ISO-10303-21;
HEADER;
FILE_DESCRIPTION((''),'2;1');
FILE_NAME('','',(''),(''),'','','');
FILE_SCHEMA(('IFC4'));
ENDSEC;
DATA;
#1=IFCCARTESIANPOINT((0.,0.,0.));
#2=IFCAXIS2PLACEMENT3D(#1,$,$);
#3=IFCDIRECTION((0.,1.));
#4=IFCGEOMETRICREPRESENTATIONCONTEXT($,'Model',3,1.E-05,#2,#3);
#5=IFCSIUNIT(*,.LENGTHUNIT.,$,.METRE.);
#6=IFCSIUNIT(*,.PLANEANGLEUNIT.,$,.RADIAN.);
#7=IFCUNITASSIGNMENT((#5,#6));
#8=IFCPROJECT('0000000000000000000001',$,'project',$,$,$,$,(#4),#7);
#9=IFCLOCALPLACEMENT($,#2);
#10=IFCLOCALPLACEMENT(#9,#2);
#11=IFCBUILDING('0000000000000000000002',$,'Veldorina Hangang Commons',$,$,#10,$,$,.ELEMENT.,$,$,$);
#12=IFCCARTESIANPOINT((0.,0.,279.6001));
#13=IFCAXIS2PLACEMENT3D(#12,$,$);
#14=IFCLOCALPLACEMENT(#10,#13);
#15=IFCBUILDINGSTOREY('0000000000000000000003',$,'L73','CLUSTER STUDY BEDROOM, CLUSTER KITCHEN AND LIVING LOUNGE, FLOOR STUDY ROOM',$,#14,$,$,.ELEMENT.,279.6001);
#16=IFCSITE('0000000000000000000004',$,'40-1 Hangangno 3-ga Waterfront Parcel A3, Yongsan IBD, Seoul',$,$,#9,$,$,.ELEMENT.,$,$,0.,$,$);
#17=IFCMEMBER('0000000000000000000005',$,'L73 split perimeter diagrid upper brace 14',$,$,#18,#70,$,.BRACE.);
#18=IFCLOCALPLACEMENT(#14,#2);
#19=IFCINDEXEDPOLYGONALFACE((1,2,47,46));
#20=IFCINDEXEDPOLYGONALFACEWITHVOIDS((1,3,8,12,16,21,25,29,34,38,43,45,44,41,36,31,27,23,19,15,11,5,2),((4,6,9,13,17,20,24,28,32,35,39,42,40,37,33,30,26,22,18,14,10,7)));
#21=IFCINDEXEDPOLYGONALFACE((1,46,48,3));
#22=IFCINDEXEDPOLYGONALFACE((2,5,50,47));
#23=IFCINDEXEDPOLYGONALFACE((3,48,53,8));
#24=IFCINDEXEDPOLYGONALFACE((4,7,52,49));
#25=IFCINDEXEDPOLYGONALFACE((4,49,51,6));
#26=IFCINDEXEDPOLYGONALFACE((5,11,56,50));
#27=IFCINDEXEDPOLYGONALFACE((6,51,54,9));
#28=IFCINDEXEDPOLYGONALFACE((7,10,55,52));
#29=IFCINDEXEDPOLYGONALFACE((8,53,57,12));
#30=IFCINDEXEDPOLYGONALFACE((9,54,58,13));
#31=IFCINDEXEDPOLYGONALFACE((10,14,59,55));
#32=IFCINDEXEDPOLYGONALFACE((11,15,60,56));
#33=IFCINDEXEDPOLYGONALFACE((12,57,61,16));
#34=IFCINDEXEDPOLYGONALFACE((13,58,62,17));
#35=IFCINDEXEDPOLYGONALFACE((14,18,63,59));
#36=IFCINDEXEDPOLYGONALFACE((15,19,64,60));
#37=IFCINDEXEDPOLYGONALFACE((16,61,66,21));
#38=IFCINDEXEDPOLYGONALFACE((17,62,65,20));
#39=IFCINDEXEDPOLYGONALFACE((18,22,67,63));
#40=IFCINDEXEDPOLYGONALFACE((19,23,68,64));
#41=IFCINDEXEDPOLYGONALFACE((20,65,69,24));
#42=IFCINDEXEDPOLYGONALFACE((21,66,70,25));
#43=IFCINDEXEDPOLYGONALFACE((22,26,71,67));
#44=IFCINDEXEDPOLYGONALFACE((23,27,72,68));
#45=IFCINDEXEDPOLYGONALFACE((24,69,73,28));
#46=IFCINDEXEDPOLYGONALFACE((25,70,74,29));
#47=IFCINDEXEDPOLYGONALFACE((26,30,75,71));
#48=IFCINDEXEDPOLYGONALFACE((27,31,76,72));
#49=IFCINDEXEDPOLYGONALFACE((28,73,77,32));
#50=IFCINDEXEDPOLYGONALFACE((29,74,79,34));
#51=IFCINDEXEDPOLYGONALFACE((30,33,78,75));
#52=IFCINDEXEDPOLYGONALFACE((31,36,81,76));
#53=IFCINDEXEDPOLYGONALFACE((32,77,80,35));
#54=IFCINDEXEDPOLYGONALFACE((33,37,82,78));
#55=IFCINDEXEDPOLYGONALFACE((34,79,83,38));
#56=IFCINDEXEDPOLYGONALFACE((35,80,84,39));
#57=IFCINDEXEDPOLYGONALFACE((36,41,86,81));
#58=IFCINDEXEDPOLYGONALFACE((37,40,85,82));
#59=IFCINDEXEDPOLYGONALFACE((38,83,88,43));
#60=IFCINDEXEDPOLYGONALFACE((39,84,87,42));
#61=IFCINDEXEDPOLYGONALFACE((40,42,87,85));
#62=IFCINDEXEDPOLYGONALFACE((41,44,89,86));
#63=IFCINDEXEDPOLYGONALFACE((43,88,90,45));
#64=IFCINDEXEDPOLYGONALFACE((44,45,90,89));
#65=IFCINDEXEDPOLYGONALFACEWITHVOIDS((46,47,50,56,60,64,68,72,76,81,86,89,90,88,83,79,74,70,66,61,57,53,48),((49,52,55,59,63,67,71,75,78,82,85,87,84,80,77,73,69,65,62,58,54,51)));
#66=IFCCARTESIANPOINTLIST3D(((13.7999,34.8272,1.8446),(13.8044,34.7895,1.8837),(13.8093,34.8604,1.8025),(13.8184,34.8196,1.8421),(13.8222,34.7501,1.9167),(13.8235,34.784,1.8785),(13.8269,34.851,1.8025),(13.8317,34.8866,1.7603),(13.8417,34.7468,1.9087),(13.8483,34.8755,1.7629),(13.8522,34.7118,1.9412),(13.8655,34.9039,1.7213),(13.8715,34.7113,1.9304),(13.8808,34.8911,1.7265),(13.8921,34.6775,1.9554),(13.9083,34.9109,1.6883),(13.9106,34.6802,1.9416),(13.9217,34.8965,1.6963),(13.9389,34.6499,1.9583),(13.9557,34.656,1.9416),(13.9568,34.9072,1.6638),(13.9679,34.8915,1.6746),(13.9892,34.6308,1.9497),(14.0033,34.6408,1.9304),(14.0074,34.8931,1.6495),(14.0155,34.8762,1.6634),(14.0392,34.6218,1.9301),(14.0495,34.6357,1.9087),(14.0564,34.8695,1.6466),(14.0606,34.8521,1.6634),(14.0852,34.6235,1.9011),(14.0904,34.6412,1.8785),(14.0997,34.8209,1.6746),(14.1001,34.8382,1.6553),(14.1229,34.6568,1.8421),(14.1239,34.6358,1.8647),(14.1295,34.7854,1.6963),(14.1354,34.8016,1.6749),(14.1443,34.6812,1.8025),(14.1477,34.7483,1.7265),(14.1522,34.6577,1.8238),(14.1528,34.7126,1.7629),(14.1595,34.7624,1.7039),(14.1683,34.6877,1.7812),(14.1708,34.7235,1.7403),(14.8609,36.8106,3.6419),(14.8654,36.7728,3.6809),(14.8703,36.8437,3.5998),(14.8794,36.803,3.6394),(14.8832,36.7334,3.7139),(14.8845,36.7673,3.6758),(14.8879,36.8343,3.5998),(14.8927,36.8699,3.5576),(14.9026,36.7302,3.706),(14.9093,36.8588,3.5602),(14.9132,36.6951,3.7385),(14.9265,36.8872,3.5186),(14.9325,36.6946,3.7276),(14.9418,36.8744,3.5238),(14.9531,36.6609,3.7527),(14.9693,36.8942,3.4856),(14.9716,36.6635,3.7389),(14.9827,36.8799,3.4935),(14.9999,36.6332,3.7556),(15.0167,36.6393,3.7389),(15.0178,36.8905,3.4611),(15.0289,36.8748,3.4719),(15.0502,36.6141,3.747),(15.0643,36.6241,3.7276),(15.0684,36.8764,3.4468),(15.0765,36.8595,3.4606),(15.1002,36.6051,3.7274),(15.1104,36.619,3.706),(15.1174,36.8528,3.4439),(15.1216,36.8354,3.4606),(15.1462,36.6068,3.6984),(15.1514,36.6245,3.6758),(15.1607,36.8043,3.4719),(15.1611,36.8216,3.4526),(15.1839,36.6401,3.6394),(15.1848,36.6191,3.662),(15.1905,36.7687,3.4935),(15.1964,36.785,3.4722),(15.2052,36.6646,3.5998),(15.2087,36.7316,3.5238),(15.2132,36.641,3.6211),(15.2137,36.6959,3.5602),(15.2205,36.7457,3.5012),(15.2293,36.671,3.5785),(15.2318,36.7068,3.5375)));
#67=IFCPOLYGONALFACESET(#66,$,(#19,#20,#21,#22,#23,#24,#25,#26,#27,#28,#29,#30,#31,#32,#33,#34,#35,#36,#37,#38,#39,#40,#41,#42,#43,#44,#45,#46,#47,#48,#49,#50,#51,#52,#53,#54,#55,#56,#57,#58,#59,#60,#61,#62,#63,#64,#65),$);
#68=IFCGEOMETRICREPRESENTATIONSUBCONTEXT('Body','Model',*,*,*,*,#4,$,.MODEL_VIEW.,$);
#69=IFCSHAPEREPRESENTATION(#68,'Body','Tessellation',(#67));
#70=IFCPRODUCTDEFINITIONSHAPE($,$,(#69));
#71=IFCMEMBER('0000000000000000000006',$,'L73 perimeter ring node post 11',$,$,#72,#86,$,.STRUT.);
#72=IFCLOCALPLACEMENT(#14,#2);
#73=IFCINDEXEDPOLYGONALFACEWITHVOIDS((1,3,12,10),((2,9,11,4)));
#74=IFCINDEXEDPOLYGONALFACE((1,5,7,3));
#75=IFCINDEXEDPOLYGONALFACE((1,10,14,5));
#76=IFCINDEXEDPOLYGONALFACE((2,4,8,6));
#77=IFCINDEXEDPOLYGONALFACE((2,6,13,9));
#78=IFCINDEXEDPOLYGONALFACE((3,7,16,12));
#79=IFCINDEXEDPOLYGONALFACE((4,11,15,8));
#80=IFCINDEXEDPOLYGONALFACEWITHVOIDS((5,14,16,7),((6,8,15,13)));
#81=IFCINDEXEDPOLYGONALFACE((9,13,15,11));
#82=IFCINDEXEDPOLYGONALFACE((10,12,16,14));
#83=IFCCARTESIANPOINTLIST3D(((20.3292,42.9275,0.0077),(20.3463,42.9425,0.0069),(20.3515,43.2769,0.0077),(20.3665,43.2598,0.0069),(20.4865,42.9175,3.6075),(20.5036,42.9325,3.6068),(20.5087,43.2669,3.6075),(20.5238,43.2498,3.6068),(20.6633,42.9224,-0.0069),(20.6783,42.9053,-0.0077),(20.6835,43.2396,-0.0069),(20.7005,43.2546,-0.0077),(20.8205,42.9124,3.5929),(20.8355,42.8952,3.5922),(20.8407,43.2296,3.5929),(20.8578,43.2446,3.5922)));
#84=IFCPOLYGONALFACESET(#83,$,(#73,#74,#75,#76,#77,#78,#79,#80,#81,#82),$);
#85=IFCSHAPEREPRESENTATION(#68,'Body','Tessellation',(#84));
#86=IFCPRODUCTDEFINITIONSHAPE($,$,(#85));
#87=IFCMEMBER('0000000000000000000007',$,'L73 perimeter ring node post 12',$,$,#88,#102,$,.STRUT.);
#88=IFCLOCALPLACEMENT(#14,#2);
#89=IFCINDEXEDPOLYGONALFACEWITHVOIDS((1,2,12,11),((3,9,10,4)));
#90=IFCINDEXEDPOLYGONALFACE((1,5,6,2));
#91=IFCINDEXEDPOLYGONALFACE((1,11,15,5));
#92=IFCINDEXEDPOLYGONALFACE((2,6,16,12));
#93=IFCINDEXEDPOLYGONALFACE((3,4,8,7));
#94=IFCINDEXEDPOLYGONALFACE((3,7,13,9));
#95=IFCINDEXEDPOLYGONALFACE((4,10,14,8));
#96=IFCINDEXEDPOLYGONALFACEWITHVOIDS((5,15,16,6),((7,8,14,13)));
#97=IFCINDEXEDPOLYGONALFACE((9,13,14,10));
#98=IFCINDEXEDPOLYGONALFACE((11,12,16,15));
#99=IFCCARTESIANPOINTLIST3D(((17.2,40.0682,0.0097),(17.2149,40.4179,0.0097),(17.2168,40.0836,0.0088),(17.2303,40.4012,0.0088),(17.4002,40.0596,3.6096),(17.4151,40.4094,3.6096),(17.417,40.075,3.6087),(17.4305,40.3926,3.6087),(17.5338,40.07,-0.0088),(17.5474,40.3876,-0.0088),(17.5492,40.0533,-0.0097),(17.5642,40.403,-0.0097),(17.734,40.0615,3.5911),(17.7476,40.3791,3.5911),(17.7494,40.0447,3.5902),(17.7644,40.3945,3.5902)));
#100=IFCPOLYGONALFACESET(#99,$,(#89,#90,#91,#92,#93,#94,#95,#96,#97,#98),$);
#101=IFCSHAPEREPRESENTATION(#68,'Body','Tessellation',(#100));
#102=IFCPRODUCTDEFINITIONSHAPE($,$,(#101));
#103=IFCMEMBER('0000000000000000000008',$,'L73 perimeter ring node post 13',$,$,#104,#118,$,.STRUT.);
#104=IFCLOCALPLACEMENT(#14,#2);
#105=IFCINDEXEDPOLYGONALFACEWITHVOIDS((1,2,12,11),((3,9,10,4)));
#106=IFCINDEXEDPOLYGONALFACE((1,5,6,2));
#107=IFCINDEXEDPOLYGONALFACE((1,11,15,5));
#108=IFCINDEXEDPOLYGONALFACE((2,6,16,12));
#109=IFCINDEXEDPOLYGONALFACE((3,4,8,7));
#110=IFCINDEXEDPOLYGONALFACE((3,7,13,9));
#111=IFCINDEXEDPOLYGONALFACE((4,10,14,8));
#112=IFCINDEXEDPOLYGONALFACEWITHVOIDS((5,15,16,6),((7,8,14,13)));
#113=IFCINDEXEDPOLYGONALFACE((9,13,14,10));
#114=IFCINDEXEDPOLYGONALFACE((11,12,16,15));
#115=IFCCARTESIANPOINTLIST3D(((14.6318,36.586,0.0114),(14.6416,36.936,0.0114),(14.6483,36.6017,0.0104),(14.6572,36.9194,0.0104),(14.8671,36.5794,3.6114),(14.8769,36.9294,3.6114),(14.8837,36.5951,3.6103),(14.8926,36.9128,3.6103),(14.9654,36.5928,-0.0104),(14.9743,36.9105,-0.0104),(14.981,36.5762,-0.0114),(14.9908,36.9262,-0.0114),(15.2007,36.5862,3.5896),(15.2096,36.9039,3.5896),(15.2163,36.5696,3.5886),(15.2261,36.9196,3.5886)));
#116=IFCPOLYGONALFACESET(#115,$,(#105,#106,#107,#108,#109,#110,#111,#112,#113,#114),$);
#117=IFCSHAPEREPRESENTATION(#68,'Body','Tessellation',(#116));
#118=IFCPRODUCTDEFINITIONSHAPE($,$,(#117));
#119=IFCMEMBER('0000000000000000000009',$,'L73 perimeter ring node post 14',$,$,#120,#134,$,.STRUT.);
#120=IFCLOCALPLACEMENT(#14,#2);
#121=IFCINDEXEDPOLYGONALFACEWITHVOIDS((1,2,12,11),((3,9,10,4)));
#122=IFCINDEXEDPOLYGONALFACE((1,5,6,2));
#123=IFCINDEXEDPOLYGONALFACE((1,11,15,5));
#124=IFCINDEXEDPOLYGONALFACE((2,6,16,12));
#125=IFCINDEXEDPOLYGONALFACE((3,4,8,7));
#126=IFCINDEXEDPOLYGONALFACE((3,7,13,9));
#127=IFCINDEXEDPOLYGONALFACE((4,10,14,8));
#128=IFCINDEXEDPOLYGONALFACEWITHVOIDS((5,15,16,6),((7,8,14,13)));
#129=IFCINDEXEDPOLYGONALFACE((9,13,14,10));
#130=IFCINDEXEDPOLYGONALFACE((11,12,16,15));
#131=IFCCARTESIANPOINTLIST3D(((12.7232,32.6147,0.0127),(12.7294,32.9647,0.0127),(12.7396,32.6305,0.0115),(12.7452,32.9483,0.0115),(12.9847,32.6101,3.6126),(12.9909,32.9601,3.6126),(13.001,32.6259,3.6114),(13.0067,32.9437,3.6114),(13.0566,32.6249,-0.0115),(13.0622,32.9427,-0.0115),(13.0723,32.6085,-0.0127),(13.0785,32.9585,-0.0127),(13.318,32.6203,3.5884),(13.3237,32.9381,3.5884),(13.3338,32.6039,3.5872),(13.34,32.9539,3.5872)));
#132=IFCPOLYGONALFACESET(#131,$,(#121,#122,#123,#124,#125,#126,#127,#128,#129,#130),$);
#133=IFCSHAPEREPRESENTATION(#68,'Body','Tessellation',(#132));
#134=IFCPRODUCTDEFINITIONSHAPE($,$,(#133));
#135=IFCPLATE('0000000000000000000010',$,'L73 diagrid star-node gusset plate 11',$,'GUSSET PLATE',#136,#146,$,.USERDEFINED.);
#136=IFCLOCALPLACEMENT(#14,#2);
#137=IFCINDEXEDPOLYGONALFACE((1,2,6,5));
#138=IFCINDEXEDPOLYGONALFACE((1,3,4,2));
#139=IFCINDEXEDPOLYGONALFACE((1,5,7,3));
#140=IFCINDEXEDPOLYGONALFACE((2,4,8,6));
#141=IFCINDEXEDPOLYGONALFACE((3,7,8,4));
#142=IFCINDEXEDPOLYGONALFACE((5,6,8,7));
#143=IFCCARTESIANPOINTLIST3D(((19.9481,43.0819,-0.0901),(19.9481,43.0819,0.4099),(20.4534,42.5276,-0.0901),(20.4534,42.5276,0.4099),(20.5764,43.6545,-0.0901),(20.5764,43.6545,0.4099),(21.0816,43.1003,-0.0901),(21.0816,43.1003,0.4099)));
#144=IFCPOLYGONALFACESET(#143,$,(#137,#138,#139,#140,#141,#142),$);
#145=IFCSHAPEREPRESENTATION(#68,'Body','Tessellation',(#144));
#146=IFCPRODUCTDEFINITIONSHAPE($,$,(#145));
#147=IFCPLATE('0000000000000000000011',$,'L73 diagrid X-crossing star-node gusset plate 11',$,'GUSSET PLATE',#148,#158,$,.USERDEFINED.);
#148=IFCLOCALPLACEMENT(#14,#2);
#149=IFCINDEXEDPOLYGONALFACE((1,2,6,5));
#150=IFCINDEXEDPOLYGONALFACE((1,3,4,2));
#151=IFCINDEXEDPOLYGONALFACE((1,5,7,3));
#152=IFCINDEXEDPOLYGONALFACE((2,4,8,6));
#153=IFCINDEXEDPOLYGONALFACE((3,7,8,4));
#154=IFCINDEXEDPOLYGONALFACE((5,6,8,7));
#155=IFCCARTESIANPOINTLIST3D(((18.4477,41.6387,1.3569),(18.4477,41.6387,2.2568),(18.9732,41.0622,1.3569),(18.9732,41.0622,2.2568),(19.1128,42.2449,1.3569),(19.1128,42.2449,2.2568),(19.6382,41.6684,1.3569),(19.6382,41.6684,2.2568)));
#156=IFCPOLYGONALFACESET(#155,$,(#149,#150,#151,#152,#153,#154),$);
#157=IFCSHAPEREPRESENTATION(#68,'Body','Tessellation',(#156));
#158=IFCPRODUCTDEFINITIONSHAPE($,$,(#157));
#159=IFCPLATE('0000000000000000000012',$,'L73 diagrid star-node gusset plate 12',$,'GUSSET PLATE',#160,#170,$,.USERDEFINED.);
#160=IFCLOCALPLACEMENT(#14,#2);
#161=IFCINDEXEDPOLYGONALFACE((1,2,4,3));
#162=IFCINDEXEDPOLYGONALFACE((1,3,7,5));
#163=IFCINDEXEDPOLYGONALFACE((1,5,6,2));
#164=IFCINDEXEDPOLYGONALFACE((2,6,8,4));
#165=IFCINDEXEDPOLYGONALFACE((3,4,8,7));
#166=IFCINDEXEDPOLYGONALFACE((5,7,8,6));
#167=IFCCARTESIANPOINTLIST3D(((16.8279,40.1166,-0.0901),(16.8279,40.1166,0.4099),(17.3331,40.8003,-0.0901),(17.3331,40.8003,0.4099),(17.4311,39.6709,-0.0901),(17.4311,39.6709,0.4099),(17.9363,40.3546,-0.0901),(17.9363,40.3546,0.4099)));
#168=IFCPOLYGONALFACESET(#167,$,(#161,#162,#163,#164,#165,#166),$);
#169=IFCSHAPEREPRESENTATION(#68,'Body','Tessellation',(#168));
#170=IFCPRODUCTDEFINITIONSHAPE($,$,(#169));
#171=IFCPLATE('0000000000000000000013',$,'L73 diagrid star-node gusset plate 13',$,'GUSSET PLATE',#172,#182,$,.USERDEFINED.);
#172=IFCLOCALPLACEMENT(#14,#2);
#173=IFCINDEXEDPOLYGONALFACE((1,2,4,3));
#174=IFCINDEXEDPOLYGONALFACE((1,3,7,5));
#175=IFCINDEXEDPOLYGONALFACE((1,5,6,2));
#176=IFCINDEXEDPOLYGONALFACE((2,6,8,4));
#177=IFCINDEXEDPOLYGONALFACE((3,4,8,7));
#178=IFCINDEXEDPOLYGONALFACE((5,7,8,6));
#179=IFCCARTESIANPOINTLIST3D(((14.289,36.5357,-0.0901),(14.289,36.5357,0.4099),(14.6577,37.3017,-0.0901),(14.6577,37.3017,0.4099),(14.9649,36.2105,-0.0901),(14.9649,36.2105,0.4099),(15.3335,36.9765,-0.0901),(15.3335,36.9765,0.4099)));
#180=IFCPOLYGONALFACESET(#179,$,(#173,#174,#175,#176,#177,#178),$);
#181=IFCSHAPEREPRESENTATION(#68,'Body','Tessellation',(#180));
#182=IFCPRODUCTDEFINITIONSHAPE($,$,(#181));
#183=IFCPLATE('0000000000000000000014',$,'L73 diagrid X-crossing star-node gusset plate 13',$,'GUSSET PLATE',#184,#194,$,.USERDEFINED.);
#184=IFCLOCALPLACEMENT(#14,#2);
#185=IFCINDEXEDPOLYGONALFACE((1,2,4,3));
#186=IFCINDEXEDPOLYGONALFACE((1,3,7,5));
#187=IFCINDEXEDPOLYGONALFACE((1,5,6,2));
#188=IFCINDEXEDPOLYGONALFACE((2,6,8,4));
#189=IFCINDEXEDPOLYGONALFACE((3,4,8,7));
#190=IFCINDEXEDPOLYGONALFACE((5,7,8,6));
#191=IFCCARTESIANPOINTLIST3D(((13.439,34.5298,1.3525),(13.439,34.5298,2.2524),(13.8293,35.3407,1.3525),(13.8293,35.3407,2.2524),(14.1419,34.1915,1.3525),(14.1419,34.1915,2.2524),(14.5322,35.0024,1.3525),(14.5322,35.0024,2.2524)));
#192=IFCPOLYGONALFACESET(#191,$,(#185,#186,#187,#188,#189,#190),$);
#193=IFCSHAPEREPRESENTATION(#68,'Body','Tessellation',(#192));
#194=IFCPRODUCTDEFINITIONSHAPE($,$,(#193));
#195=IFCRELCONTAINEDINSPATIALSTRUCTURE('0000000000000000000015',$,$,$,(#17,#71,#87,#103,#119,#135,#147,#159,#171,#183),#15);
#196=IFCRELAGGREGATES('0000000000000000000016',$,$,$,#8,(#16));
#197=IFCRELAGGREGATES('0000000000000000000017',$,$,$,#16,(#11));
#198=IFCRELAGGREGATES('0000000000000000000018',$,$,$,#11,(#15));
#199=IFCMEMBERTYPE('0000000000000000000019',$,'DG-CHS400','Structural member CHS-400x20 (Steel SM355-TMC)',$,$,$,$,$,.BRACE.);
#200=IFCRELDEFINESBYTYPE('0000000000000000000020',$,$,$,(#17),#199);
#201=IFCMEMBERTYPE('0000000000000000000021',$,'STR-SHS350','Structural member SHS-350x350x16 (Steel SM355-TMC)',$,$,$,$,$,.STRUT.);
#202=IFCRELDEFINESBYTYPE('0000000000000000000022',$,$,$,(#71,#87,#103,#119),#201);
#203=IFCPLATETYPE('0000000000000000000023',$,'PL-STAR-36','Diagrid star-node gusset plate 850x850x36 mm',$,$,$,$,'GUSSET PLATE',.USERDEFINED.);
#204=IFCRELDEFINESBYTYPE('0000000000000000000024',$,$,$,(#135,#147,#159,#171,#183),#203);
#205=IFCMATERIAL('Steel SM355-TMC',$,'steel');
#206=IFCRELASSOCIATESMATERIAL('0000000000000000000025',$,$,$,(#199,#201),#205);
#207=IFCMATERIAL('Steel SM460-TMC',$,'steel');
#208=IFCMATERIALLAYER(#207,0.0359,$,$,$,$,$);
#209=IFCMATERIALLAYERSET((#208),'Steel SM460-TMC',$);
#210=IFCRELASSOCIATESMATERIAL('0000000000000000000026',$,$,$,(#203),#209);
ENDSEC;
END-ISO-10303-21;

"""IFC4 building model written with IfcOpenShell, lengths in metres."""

from ifc_helpers import new_model, si_unit, direction, frame, origin, origin_2d, place, context, subcontext, project, spatial, rectangle, hollow_rectangle, hollow_circle, extrude, material, layer, layer_set, material_profile, profile_set, type_object, element, save


model = new_model("IFC4")

# Units and contexts
model_context = context("Model", 3, precision=1e-05, world=origin(), true_north=direction((0.0, 1.0)))
body_context = subcontext(model_context, "Body", "Model", "MODEL_VIEW")
ifc_project = project(units=[si_unit("LENGTHUNIT", "METRE"), si_unit("PLANEANGLEUNIT", "RADIAN")], contexts=[model_context])

# Site, building, storey
site_placement = place(None, origin())
site = spatial("IfcSite", under=ifc_project, at=site_placement, Name="40-1 Hangangno 3-ga Waterfront Parcel A3, Yongsan IBD, Seoul", CompositionType="ELEMENT", RefElevation=0.0)
building_placement = place(site_placement, origin())
building = spatial("IfcBuilding", under=site, at=building_placement, Name="Veldorina Hangang Commons", CompositionType="ELEMENT")
storey_placement = place(building_placement, frame((0.0, 0.0, 279.6001)))
storey = spatial("IfcBuildingStorey", under=building, at=storey_placement, Name="L73", Description="CLUSTER STUDY BEDROOM, CLUSTER KITCHEN AND LIVING LOUNGE, FLOOR STUDY ROOM", CompositionType="ELEMENT", Elevation=279.6001)

# Shared definitions
ifc_material_1 = material(Name="Steel SM355-TMC", Category="steel")

# Members
ifc_material_profile_1 = material_profile(ifc_material_1, hollow_circle(Radius=0.2, WallThickness=0.02, at=origin_2d()), Name="CHS-400x20")
ifc_profile_set_1 = profile_set([ifc_material_profile_1], Name="Steel SM355-TMC")
member_type_1 = type_object("IfcMemberType", Name="DG-CHS400", Description="Structural member CHS-400x20 (Steel SM355-TMC)", PredefinedType="BRACE", material=ifc_profile_set_1)
member_1_placement = place(storey_placement, frame((13.9856, 34.7661, 1.8025), z_axis=(0.368509, 0.688855, 0.624243), x_axis=(-0.881757, 0.471703, 0.0)))
element("IfcMember", 1, at=member_1_placement, inside=storey, type_object=member_type_1, Name="L73 split perimeter diagrid upper brace 14", PredefinedType="BRACE", context=body_context, shape_type="SweptSolid", body=[
    extrude(hollow_circle(Radius=0.2, WallThickness=0.02, at=origin_2d()), origin(), (0.0, 0.0, 1.0), 2.8792),
])
ifc_material_profile_2 = material_profile(ifc_material_1, hollow_rectangle(XDim=0.3501, YDim=0.3501, WallThickness=0.0161, at=origin_2d()), Name="SHS-350x350x16")
ifc_profile_set_2 = profile_set([ifc_material_profile_2], Name="Steel SM355-TMC")
member_type_2 = type_object("IfcMemberType", Name="STR-SHS350", Description="Structural member SHS-350x350x16 (Steel SM355-TMC)", PredefinedType="STRUT", material=ifc_profile_set_2)
member_2_placement = place(storey_placement, frame((20.5149, 43.0911, 0.0), z_axis=(0.043634, -0.002778, 0.999044), x_axis=(0.063536, 0.99798, 0.0)))
element("IfcMember", 2, at=member_2_placement, inside=storey, type_object=member_type_2, Name="L73 perimeter ring node post 11", PredefinedType="STRUT", context=body_context, shape_type="SweptSolid", body=[
    extrude(hollow_rectangle(XDim=0.3501, YDim=0.3501, WallThickness=0.0161, at=origin_2d()), origin(), (0.0, 0.0, 1.0), 3.6033),
])
member_3_placement = place(storey_placement, frame((17.3821, 40.2356, 0.0), z_axis=(0.055526, -0.00237, 0.998454), x_axis=(0.042644, 0.99909, 0.0)))
element("IfcMember", 3, at=member_3_placement, inside=storey, type_object=member_type_2, Name="L73 perimeter ring node post 12", PredefinedType="STRUT", context=body_context, shape_type="SweptSolid", body=[
    extrude(hollow_rectangle(XDim=0.3501, YDim=0.3501, WallThickness=0.0161, at=origin_2d()), origin(), (0.0, 0.0, 1.0), 3.6055),
])
member_4_placement = place(storey_placement, frame((14.8113, 36.7561, 0.0), z_axis=(0.065239, -0.001827, 0.997868), x_axis=(0.027997, 0.999608, 0.0)))
element("IfcMember", 4, at=member_4_placement, inside=storey, type_object=member_type_2, Name="L73 perimeter ring node post 13", PredefinedType="STRUT", context=body_context, shape_type="SweptSolid", body=[
    extrude(hollow_rectangle(XDim=0.3501, YDim=0.3501, WallThickness=0.0161, at=origin_2d()), origin(), (0.0, 0.0, 1.0), 3.6077),
])
member_5_placement = place(storey_placement, frame((12.9009, 32.7866, 0.0), z_axis=(0.072444, -0.001285, 0.997372), x_axis=(0.017738, 0.999843, 0.0)))
element("IfcMember", 5, at=member_5_placement, inside=storey, type_object=member_type_2, Name="L73 perimeter ring node post 14", PredefinedType="STRUT", context=body_context, shape_type="SweptSolid", body=[
    extrude(hollow_rectangle(XDim=0.3501, YDim=0.3501, WallThickness=0.0161, at=origin_2d()), origin(), (0.0, 0.0, 1.0), 3.6094),
])

# Plates
ifc_material_2 = material(Name="Steel SM460-TMC", Category="steel")
ifc_layer_1 = layer(ifc_material_2, 0.0359)
ifc_layer_set_1 = layer_set([ifc_layer_1], Name="Steel SM460-TMC")
plate_type = type_object("IfcPlateType", Name="PL-STAR-36", Description="Diagrid star-node gusset plate 850x850x36 mm", ElementType="GUSSET PLATE", PredefinedType="USERDEFINED", material=ifc_layer_set_1)
plate_1_placement = place(storey_placement, frame((20.5149, 43.0911, -0.0901), z_axis=(0.0, 0.0, 1.0), x_axis=(-0.739055, -0.673645, 0.0)))
element("IfcPlate", 6, at=plate_1_placement, inside=storey, type_object=plate_type, Name="L73 diagrid star-node gusset plate 11", ObjectType="GUSSET PLATE", PredefinedType="USERDEFINED", context=body_context, shape_type="SweptSolid", body=[
    extrude(rectangle(XDim=0.8501, YDim=0.75, at=origin_2d()), origin(), (0.0, 0.0, 1.0), 0.5),
])
plate_2_placement = place(storey_placement, frame((19.043, 41.6536, 1.3569), z_axis=(0.0, 0.0, 1.0), x_axis=(-0.739055, -0.673645, 0.0)))
element("IfcPlate", 7, at=plate_2_placement, inside=storey, type_object=plate_type, Name="L73 diagrid X-crossing star-node gusset plate 11", ObjectType="GUSSET PLATE", PredefinedType="USERDEFINED", context=body_context, shape_type="SweptSolid", body=[
    extrude(rectangle(XDim=0.8999, YDim=0.78, at=origin_2d()), origin(), (0.0, 0.0, 1.0), 0.8999),
])
for number, where, z_axis, x_axis, name in (
    (8, (17.3821, 40.2356, -0.0901), (0.0, 0.0, 1.0), (-0.594261, -0.804272, 0.0), "L73 diagrid star-node gusset plate 12"),
    (9, (14.8113, 36.7561, -0.0901), (0.0, 0.0, 1.0), (-0.433659, -0.901077, 0.0), "L73 diagrid star-node gusset plate 13"),
):
    element("IfcPlate", number, at=place(storey_placement, frame(where, z_axis=z_axis, x_axis=x_axis)), inside=storey, type_object=plate_type, Name=name, ObjectType="GUSSET PLATE", PredefinedType="USERDEFINED", context=body_context, shape_type="SweptSolid", body=[
        extrude(rectangle(XDim=0.8501, YDim=0.75, at=origin_2d()), origin(), (0.0, 0.0, 1.0), 0.5),
    ])
plate_3_placement = place(storey_placement, frame((13.9856, 34.7661, 1.3525), z_axis=(0.0, 0.0, 1.0), x_axis=(-0.433659, -0.901077, 0.0)))
element("IfcPlate", 10, at=plate_3_placement, inside=storey, type_object=plate_type, Name="L73 diagrid X-crossing star-node gusset plate 13", ObjectType="GUSSET PLATE", PredefinedType="USERDEFINED", context=body_context, shape_type="SweptSolid", body=[
    extrude(rectangle(XDim=0.8999, YDim=0.78, at=origin_2d()), origin(), (0.0, 0.0, 1.0), 0.8999),
])

save(model, "model.ifc")
